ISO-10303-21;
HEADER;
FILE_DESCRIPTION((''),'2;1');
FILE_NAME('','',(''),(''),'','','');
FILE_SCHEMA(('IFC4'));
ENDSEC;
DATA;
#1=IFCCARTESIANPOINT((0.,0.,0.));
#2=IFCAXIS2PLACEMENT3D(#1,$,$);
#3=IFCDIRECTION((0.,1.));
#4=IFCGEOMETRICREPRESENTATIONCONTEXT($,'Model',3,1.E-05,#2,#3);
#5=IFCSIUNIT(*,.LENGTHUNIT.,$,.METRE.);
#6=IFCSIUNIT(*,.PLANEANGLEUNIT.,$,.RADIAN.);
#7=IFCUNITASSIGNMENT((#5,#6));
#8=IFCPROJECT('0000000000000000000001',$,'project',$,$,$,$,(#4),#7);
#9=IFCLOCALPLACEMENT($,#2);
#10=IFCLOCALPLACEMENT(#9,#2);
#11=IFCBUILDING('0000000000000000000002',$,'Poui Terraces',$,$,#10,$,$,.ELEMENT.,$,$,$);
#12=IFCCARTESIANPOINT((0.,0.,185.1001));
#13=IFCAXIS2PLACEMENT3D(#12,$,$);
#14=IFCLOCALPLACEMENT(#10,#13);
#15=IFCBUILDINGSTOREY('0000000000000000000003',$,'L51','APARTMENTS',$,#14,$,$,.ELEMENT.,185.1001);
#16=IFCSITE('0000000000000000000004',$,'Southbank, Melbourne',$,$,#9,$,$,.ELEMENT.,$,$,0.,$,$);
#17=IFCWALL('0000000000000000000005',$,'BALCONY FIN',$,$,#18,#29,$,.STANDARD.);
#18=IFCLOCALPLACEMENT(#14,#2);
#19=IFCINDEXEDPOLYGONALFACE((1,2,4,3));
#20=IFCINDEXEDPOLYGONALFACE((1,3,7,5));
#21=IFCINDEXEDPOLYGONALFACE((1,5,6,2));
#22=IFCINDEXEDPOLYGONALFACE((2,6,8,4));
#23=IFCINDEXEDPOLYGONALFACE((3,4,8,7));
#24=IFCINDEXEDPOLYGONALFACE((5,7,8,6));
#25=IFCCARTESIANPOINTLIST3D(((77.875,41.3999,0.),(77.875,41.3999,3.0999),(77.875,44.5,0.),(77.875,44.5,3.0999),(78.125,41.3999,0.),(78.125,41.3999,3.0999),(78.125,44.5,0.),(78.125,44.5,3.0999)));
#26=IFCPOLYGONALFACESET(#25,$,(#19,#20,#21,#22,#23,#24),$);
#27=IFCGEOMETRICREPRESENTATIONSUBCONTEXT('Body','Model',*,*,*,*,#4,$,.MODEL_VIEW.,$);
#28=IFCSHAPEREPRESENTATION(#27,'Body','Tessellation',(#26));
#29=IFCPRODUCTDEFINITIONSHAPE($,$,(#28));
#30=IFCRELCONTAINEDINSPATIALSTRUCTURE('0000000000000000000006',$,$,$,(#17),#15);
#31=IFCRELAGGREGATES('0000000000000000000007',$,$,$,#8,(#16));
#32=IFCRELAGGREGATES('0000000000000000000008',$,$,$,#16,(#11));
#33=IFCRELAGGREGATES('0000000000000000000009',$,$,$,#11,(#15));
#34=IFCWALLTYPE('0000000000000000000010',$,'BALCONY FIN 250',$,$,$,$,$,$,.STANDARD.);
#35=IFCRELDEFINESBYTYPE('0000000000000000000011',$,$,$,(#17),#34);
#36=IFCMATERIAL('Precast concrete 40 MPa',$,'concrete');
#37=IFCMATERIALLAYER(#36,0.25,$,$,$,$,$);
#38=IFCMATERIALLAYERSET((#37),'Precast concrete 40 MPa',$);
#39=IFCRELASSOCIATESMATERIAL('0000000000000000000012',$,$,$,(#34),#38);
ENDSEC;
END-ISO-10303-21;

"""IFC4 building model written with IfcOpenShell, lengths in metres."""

from ifc_helpers import new_model, si_unit, direction, frame, origin, place, context, subcontext, project, spatial, polyline, outline, extrude, source, transform, mapped, material, layer, layer_set, type_object, element, save


model = new_model("IFC4")

# Units and contexts
model_context = context("Model", 3, precision=1e-05, world=origin(), true_north=direction((0.0, 1.0)))
body_context = subcontext(model_context, "Body", "Model", "MODEL_VIEW")
ifc_project = project(units=[si_unit("LENGTHUNIT", "METRE"), si_unit("PLANEANGLEUNIT", "RADIAN")], contexts=[model_context])

# Site, building, storey
site_placement = place(None, origin())
site = spatial("IfcSite", under=ifc_project, at=site_placement, Name="Southbank, Melbourne", CompositionType="ELEMENT", RefElevation=0.0)
building_placement = place(site_placement, origin())
building = spatial("IfcBuilding", under=site, at=building_placement, Name="Poui Terraces", CompositionType="ELEMENT")
storey_placement = place(building_placement, frame((0.0, 0.0, 185.1001)))
storey = spatial("IfcBuildingStorey", under=building, at=storey_placement, Name="L51", Description="APARTMENTS", CompositionType="ELEMENT", Elevation=185.1001)

# Shared definitions
ifc_material_1 = material(Name="Precast concrete 40 MPa", Category="concrete")

# Wall
ifc_layer_1 = layer(ifc_material_1, 0.25)
ifc_layer_set_1 = layer_set([ifc_layer_1], Name="Precast concrete 40 MPa")
wall_type_1 = type_object("IfcWallType", Name="BALCONY FIN 250", PredefinedType="STANDARD", material=ifc_layer_set_1)
shared_shape_1 = source(origin(), body_context, "Body", "SweptSolid", [
    extrude(outline(polyline([(0.0, 0.0), (0.25, 0.0), (0.25, 3.1001), (0.0, 3.1001), (0.0, 0.0)])), origin(), (0.0, 0.0, 1.0), 3.0999),
])
wall_1_placement = place(storey_placement, frame((77.875, 41.3999, 0.0)))
element("IfcWall", 1, at=wall_1_placement, inside=storey, type_object=wall_type_1, Name="BALCONY FIN", PredefinedType="STANDARD", context=body_context, shape_type="MappedRepresentation", body=[
    mapped(shared_shape_1, transform((0.0, 0.0, 0.0))),
])

save(model, "model.ifc")
